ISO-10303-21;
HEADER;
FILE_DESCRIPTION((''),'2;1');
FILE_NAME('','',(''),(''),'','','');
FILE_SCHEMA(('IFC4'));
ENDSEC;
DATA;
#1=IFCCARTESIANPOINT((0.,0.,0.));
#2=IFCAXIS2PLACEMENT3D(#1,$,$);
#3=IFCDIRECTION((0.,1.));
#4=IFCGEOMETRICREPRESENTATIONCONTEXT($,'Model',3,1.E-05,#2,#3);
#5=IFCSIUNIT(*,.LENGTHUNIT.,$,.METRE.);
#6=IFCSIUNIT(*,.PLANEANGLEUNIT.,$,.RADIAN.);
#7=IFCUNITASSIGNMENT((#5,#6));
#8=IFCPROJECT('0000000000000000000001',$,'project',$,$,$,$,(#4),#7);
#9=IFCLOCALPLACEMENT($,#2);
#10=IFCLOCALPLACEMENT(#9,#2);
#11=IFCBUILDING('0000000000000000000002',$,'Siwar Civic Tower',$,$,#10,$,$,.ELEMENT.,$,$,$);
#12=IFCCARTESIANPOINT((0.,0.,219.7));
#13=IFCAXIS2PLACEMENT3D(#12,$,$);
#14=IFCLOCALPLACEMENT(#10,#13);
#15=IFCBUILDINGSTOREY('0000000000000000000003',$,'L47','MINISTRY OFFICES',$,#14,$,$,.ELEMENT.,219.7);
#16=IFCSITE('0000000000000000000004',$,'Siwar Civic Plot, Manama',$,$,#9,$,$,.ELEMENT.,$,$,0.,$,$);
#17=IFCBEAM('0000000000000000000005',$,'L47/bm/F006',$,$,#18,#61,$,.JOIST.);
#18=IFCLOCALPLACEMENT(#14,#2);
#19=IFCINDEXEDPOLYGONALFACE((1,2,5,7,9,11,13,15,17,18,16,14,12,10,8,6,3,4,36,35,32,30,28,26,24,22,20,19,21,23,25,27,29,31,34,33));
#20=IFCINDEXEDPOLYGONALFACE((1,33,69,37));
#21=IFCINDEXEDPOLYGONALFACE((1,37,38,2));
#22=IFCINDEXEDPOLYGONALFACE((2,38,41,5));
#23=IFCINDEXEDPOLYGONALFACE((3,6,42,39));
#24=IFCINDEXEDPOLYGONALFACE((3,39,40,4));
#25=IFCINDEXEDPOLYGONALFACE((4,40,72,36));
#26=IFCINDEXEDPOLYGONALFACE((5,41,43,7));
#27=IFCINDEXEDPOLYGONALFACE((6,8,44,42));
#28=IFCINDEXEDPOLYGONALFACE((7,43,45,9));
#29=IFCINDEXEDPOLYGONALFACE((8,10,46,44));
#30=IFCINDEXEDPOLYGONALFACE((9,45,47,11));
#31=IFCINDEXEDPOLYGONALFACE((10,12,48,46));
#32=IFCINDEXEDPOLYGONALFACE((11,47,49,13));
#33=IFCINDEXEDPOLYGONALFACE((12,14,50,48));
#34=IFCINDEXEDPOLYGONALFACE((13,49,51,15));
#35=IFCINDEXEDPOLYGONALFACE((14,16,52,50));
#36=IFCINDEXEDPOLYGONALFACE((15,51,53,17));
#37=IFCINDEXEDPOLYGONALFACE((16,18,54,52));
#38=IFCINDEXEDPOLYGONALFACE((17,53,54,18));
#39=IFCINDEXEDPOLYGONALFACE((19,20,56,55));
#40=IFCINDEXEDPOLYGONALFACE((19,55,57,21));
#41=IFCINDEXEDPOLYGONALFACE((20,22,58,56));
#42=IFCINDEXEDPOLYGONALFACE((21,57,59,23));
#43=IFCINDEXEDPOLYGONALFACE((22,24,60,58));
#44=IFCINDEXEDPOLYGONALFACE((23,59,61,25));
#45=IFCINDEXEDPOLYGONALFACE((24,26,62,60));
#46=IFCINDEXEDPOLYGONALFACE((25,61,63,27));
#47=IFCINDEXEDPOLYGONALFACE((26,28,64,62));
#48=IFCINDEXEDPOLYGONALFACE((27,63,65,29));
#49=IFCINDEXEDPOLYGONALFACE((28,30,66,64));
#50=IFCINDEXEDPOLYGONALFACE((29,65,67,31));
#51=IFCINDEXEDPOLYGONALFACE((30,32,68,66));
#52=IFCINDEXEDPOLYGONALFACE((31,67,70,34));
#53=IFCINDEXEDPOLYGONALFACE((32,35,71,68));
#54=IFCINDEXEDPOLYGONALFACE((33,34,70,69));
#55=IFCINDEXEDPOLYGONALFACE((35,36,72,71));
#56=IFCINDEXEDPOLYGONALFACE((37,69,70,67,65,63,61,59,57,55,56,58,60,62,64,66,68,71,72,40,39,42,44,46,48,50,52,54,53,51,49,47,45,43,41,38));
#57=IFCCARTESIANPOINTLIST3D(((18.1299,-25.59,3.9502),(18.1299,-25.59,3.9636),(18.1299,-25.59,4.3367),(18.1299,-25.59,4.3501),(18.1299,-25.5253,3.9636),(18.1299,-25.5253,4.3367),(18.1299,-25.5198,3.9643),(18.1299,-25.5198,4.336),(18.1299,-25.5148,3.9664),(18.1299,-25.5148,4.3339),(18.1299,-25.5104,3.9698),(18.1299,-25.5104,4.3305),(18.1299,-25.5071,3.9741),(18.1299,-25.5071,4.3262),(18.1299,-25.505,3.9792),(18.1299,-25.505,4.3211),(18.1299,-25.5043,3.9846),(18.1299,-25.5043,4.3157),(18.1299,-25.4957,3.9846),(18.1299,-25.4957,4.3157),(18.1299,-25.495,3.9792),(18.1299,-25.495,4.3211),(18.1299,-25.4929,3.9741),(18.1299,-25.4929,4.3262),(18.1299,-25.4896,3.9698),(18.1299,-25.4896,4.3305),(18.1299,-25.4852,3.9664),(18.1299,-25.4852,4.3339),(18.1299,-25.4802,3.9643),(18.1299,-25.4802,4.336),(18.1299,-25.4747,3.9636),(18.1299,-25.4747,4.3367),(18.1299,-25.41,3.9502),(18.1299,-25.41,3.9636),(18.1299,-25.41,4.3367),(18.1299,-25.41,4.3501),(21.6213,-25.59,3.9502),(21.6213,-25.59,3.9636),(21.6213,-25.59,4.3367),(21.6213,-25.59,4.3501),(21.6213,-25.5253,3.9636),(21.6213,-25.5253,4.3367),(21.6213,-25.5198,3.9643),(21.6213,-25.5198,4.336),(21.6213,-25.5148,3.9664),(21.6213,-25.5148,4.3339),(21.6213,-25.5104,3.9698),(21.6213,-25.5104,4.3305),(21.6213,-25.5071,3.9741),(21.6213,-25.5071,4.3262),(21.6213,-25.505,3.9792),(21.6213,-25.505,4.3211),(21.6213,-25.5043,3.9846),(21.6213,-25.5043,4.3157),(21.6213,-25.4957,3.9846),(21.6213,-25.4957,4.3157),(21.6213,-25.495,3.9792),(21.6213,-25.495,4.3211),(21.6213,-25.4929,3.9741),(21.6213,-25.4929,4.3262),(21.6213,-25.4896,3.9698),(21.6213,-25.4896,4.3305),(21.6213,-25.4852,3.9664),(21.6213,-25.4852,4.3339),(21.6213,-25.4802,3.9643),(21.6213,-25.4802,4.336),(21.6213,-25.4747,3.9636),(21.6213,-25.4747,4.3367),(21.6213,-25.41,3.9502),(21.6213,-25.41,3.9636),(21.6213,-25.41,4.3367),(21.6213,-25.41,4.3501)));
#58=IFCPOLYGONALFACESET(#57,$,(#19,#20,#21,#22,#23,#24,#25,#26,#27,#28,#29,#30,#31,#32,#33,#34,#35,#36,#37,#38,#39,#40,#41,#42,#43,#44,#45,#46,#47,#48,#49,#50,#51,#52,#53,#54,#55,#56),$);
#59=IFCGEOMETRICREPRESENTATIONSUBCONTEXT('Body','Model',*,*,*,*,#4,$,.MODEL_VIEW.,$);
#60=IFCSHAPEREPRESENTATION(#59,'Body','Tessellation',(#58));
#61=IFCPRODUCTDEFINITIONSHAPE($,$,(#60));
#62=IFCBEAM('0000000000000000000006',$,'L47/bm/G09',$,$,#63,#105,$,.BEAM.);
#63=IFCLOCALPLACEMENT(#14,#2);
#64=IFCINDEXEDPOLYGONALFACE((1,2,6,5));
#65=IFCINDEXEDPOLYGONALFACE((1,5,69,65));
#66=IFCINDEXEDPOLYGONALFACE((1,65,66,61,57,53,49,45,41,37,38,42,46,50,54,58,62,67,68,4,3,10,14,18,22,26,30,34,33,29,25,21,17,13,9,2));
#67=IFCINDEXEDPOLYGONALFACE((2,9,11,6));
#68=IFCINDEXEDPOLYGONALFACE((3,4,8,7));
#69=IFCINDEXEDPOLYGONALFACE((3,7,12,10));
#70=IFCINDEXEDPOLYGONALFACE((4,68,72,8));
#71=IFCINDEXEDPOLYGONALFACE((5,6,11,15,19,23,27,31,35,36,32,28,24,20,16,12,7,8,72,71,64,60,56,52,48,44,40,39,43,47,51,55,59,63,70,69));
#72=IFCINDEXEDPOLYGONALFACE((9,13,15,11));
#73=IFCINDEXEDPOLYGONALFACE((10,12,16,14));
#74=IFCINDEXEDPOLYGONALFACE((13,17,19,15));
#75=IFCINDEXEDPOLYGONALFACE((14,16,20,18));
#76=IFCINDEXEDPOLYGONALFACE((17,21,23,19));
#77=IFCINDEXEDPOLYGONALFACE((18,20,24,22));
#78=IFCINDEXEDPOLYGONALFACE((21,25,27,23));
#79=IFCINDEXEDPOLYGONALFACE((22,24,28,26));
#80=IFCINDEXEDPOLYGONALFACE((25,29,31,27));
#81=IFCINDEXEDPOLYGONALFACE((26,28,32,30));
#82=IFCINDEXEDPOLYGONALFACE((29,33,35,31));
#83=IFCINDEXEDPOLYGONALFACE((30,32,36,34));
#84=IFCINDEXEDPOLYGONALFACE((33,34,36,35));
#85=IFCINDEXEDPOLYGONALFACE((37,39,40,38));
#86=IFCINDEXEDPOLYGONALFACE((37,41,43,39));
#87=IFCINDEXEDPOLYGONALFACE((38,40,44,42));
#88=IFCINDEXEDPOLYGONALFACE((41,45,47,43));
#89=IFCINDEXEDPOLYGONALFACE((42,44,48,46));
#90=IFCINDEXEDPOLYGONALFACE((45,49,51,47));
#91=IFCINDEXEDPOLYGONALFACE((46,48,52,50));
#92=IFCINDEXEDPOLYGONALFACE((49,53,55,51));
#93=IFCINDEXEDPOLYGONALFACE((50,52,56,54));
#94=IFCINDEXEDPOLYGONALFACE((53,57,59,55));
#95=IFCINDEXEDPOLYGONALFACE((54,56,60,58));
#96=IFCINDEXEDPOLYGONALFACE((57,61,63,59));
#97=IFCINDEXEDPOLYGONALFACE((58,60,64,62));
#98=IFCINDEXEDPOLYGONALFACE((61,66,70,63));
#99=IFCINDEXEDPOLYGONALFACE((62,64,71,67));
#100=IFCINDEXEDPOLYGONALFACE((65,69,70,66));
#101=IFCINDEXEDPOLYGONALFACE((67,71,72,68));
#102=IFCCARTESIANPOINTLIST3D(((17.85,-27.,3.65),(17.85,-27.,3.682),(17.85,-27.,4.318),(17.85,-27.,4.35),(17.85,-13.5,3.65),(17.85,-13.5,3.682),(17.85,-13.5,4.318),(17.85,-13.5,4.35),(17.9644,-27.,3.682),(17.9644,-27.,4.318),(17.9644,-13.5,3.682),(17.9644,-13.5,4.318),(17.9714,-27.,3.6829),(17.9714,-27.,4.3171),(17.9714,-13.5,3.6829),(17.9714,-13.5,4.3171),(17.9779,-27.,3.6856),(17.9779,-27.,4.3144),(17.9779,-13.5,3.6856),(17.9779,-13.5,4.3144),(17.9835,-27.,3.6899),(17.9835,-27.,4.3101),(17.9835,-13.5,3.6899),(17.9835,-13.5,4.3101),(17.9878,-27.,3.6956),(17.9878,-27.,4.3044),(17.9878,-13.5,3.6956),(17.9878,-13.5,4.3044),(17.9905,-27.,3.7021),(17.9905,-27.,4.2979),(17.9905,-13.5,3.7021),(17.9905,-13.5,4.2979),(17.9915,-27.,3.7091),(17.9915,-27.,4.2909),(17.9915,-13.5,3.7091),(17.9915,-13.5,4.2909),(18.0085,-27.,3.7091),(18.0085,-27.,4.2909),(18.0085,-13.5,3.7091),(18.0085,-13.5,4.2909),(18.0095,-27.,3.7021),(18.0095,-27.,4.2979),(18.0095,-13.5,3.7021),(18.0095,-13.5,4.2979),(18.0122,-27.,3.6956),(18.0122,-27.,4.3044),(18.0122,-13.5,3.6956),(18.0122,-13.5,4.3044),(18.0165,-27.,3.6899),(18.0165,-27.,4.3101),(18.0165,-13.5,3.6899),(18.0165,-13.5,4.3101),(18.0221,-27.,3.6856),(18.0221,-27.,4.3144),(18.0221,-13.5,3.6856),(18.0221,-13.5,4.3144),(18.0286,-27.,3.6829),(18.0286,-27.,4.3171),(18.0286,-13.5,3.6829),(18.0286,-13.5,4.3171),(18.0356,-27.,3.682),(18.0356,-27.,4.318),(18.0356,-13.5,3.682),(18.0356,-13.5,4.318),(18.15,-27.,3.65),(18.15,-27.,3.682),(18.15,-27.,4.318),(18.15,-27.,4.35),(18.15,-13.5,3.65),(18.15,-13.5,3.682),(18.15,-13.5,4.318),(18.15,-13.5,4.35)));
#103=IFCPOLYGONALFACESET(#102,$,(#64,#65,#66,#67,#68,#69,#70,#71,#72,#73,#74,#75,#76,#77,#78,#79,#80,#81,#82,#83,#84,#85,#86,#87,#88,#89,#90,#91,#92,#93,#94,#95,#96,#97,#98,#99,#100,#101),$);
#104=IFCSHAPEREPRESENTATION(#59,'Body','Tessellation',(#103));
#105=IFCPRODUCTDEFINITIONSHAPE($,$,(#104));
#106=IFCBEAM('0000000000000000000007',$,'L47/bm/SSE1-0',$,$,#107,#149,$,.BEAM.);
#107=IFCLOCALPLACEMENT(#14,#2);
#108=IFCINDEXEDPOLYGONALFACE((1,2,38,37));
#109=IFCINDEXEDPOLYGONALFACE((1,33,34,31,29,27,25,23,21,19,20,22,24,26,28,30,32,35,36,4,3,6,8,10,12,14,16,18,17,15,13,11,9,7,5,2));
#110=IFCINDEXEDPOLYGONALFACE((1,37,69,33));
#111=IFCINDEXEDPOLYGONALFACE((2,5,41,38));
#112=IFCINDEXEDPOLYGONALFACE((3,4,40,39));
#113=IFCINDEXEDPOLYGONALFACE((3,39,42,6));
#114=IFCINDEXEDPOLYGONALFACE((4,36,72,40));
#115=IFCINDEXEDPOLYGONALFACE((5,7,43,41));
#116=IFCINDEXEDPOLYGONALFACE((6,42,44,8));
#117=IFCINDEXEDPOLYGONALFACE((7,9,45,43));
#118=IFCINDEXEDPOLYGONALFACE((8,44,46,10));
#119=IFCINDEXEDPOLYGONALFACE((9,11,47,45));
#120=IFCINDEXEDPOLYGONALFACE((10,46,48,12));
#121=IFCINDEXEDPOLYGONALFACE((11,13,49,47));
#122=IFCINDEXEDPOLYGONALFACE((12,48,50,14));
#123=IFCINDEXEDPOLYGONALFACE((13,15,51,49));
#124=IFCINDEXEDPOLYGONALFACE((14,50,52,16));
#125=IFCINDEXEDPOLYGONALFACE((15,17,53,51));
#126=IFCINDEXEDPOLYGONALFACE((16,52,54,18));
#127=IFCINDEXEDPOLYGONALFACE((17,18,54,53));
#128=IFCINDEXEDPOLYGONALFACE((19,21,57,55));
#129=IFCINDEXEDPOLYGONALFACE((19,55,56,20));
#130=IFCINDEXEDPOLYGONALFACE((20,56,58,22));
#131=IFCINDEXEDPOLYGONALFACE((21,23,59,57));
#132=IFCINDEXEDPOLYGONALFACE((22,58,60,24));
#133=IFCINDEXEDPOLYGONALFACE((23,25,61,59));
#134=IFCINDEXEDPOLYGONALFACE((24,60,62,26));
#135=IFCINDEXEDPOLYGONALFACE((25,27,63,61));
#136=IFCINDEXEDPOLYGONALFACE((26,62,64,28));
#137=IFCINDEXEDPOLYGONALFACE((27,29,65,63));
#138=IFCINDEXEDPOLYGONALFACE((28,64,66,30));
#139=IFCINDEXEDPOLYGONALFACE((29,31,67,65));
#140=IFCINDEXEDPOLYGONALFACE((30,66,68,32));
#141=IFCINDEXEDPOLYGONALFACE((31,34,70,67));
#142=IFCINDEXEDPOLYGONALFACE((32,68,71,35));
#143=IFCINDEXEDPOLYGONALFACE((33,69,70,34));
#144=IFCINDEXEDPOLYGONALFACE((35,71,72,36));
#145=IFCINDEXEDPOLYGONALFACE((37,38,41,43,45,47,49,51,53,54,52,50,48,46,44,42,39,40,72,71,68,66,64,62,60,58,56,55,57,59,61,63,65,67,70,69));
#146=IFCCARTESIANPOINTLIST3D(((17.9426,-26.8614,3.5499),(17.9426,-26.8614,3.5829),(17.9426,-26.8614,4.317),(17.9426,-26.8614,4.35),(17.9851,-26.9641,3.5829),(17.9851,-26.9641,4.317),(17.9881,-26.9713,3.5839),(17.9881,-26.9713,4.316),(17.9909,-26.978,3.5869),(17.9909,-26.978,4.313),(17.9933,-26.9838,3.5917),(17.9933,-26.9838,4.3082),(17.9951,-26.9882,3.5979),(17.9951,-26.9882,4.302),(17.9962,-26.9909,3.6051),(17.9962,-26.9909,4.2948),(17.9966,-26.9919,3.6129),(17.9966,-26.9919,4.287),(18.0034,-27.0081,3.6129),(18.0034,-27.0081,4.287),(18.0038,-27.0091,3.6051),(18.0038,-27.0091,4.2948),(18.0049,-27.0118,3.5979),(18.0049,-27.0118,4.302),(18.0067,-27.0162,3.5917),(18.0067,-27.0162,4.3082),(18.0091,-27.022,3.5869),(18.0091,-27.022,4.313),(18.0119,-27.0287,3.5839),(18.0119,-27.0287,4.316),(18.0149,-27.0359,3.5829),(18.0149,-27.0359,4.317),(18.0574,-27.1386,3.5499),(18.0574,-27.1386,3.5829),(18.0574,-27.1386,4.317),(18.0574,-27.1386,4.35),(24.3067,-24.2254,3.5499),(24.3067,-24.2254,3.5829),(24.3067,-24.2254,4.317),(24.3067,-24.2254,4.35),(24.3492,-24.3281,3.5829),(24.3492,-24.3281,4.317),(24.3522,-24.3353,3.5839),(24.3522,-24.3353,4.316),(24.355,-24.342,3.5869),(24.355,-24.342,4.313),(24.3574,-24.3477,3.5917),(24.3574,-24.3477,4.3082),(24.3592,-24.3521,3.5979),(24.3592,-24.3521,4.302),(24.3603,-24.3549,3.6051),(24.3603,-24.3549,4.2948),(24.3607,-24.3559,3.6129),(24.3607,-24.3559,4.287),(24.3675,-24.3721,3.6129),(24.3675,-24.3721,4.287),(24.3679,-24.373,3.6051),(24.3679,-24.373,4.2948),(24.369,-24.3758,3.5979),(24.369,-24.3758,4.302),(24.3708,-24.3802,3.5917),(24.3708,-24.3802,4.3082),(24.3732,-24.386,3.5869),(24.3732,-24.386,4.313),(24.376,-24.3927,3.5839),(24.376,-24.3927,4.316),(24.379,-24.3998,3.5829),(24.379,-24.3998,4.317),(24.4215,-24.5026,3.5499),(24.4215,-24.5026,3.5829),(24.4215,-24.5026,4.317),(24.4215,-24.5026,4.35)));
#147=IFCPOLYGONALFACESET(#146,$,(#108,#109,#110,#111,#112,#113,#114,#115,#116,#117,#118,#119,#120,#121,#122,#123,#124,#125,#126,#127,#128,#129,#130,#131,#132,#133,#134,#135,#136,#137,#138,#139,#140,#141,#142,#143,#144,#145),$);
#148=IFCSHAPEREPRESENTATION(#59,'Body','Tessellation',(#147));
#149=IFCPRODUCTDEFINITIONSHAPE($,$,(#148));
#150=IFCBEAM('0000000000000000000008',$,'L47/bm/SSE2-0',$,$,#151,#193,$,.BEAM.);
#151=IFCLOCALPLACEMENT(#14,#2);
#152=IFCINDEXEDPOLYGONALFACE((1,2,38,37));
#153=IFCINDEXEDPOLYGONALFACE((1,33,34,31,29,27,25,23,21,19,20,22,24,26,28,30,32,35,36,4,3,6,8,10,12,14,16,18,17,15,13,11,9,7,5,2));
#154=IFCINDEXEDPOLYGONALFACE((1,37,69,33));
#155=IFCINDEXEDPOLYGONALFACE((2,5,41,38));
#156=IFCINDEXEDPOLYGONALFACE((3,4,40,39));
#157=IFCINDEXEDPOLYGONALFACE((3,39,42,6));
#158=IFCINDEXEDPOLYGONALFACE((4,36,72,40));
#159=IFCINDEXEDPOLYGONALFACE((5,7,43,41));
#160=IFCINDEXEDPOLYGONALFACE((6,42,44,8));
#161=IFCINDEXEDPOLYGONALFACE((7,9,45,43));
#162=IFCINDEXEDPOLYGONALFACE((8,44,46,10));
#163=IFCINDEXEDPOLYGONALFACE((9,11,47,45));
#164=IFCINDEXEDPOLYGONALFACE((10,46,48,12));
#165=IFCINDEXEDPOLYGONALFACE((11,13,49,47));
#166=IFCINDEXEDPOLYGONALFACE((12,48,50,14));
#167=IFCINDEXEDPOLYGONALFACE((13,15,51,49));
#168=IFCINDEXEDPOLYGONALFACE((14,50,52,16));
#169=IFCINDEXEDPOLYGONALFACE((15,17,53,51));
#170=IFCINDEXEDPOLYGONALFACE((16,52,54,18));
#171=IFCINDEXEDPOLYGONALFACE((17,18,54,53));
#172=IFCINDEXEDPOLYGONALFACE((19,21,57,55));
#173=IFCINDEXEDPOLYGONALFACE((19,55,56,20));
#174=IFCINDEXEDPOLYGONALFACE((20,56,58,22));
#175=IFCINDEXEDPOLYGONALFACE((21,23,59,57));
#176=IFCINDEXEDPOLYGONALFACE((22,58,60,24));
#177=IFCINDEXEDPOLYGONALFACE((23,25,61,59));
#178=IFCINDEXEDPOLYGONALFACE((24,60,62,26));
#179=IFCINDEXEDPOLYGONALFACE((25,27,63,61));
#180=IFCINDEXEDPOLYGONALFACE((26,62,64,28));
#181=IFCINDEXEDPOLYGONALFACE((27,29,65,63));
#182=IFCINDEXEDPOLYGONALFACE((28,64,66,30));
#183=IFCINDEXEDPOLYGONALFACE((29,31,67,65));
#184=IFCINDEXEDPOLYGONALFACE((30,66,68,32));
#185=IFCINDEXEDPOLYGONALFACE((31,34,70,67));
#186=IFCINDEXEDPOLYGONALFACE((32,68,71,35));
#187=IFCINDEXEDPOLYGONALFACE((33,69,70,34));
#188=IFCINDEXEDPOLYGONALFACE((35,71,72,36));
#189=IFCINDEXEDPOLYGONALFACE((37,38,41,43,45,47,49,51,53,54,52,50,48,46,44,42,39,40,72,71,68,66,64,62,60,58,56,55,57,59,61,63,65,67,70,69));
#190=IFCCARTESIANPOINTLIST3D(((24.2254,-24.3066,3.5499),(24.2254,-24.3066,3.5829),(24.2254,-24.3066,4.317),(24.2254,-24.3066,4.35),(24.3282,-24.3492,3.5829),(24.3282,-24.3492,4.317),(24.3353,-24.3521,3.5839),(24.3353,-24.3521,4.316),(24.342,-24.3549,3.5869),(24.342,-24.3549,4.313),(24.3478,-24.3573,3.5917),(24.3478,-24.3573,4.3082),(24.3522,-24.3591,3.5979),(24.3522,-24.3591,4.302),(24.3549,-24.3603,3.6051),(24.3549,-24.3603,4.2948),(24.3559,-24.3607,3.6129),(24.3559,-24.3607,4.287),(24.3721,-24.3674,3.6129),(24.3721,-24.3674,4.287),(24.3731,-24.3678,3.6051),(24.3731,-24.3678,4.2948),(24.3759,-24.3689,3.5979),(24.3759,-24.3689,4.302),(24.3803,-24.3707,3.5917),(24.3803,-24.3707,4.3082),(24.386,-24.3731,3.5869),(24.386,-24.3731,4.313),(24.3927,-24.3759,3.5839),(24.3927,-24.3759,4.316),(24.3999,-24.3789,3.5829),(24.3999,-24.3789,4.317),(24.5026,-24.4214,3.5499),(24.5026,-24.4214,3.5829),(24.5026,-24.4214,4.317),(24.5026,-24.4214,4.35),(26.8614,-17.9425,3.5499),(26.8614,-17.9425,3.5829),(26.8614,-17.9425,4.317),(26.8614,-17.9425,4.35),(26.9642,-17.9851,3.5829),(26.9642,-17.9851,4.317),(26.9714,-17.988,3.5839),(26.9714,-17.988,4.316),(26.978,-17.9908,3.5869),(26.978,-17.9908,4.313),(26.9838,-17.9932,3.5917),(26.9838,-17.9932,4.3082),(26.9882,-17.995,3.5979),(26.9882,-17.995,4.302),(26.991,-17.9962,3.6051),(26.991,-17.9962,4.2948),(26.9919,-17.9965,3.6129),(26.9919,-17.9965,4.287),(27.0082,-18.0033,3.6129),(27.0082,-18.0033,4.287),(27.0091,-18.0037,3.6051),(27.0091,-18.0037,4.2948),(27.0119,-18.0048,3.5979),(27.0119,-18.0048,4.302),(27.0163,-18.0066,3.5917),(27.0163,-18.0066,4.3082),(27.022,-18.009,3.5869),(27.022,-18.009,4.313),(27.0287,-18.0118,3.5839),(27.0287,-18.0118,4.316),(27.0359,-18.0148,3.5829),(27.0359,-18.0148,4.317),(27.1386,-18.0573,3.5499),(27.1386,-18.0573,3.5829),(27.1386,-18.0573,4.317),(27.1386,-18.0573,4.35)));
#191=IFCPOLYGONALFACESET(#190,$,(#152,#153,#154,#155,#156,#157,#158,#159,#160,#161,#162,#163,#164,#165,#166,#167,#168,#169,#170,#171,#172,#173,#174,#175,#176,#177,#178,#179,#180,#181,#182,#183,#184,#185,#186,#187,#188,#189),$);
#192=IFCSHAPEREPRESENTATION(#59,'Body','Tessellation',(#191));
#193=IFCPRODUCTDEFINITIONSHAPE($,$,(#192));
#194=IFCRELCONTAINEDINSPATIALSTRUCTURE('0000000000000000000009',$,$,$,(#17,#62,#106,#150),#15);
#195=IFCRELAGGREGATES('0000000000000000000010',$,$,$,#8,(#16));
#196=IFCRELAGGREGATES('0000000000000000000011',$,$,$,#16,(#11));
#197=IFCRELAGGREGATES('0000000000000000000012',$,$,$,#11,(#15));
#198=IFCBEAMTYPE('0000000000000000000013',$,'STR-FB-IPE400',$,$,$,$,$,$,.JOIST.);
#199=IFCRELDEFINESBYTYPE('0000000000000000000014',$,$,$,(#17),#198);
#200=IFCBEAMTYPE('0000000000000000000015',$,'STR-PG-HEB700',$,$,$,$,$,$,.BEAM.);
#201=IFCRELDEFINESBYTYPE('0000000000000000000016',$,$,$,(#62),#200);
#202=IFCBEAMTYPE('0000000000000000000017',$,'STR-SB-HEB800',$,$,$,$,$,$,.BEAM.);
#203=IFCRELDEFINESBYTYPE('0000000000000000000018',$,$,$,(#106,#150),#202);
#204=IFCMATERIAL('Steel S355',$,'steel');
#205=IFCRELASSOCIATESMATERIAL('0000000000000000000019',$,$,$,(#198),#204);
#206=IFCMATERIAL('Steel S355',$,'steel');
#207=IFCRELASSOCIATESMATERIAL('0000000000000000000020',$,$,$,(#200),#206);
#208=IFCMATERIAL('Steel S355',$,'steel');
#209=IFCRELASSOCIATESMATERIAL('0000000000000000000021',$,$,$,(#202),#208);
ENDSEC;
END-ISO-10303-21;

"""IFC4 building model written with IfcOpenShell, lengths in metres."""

from ifc_helpers import new_model, si_unit, direction, frame, origin, origin_2d, place, context, subcontext, project, spatial, i_section, extrude, material, material_profile, profile_set, type_object, element, save


model = new_model("IFC4")

# Units and contexts
model_context = context("Model", 3, precision=1e-05, world=origin(), true_north=direction((0.0, 1.0)))
body_context = subcontext(model_context, "Body", "Model", "MODEL_VIEW")
ifc_project = project(units=[si_unit("LENGTHUNIT", "METRE"), si_unit("PLANEANGLEUNIT", "RADIAN")], contexts=[model_context])

# Site, building, storey
site_placement = place(None, origin())
site = spatial("IfcSite", under=ifc_project, at=site_placement, Name="Siwar Civic Plot, Manama", CompositionType="ELEMENT", RefElevation=0.0)
building_placement = place(site_placement, origin())
building = spatial("IfcBuilding", under=site, at=building_placement, Name="Siwar Civic Tower", CompositionType="ELEMENT")
storey_placement = place(building_placement, frame((0.0, 0.0, 219.7)))
storey = spatial("IfcBuildingStorey", under=building, at=storey_placement, Name="L47", Description="MINISTRY OFFICES", CompositionType="ELEMENT", Elevation=219.7)

# Beams
ifc_material_1 = material(Name="Steel S355", Category="steel")
ifc_material_profile_1 = material_profile(ifc_material_1, i_section(OverallWidth=0.1799, OverallDepth=0.3999, WebThickness=0.0085, FlangeThickness=0.0134, FilletRadius=0.021, at=origin_2d()), Name="IPE400")
ifc_profile_set_1 = profile_set([ifc_material_profile_1], Name="Steel S355")
beam_type_1 = type_object("IfcBeamType", Name="STR-FB-IPE400", PredefinedType="JOIST", material=ifc_profile_set_1)
beam_1_placement = place(storey_placement, frame((18.1299, -25.5, 4.1501), z_axis=(1.0, 0.0, 0.0), x_axis=(0.0, 1.0, 0.0)))
element("IfcBeam", 1, at=beam_1_placement, inside=storey, type_object=beam_type_1, Name="L47/bm/F006", PredefinedType="JOIST", context=body_context, shape_type="SweptSolid", body=[
    extrude(i_section(OverallWidth=0.1799, OverallDepth=0.3999, WebThickness=0.0085, FlangeThickness=0.0134, FilletRadius=0.021, at=origin_2d()), origin(), (0.0, 0.0, 1.0), 3.4915),
])
ifc_material_2 = material(Name="Steel S355", Category="steel")
ifc_material_profile_2 = material_profile(ifc_material_2, i_section(OverallWidth=0.3, OverallDepth=0.7, WebThickness=0.0171, FlangeThickness=0.032, FilletRadius=0.0271, at=origin_2d()), Name="HEB700")
ifc_profile_set_2 = profile_set([ifc_material_profile_2], Name="Steel S355")
beam_type_2 = type_object("IfcBeamType", Name="STR-PG-HEB700", PredefinedType="BEAM", material=ifc_profile_set_2)
beam_2_placement = place(storey_placement, frame((18.0, -27.0, 4.0), z_axis=(0.0, 1.0, 0.0), x_axis=(-1.0, 0.0, 0.0)))
element("IfcBeam", 2, at=beam_2_placement, inside=storey, type_object=beam_type_2, Name="L47/bm/G09", PredefinedType="BEAM", context=body_context, shape_type="SweptSolid", body=[
    extrude(i_section(OverallWidth=0.3, OverallDepth=0.7, WebThickness=0.0171, FlangeThickness=0.032, FilletRadius=0.0271, at=origin_2d()), origin(), (0.0, 0.0, 1.0), 13.5),
])
ifc_material_3 = material(Name="Steel S355", Category="steel")
ifc_material_profile_3 = material_profile(ifc_material_3, i_section(OverallWidth=0.3, OverallDepth=0.8, WebThickness=0.0176, FlangeThickness=0.033, FilletRadius=0.03, at=origin_2d()), Name="HEB800")
ifc_profile_set_3 = profile_set([ifc_material_profile_3], Name="Steel S355")
beam_type_3 = type_object("IfcBeamType", Name="STR-SB-HEB800", PredefinedType="BEAM", material=ifc_profile_set_3)
for number, where, z_axis, x_axis, name in (
    (3, (18.0, -27.0, 3.95), (0.923883, 0.382674, 0.0), (-0.382674, 0.923883, 0.0), "L47/bm/SSE1-0"),
    (4, (24.364, -24.364, 3.95), (0.382674, 0.923883, 0.0), (-0.923883, 0.382674, 0.0), "L47/bm/SSE2-0"),
):
    element("IfcBeam", number, at=place(storey_placement, frame(where, z_axis=z_axis, x_axis=x_axis)), inside=storey, type_object=beam_type_3, Name=name, PredefinedType="BEAM", context=body_context, shape_type="SweptSolid", body=[
        extrude(i_section(OverallWidth=0.3, OverallDepth=0.8, WebThickness=0.0176, FlangeThickness=0.033, FilletRadius=0.03, at=origin_2d()), origin(), (0.0, 0.0, 1.0), 6.8884),
    ])

save(model, "model.ifc")
